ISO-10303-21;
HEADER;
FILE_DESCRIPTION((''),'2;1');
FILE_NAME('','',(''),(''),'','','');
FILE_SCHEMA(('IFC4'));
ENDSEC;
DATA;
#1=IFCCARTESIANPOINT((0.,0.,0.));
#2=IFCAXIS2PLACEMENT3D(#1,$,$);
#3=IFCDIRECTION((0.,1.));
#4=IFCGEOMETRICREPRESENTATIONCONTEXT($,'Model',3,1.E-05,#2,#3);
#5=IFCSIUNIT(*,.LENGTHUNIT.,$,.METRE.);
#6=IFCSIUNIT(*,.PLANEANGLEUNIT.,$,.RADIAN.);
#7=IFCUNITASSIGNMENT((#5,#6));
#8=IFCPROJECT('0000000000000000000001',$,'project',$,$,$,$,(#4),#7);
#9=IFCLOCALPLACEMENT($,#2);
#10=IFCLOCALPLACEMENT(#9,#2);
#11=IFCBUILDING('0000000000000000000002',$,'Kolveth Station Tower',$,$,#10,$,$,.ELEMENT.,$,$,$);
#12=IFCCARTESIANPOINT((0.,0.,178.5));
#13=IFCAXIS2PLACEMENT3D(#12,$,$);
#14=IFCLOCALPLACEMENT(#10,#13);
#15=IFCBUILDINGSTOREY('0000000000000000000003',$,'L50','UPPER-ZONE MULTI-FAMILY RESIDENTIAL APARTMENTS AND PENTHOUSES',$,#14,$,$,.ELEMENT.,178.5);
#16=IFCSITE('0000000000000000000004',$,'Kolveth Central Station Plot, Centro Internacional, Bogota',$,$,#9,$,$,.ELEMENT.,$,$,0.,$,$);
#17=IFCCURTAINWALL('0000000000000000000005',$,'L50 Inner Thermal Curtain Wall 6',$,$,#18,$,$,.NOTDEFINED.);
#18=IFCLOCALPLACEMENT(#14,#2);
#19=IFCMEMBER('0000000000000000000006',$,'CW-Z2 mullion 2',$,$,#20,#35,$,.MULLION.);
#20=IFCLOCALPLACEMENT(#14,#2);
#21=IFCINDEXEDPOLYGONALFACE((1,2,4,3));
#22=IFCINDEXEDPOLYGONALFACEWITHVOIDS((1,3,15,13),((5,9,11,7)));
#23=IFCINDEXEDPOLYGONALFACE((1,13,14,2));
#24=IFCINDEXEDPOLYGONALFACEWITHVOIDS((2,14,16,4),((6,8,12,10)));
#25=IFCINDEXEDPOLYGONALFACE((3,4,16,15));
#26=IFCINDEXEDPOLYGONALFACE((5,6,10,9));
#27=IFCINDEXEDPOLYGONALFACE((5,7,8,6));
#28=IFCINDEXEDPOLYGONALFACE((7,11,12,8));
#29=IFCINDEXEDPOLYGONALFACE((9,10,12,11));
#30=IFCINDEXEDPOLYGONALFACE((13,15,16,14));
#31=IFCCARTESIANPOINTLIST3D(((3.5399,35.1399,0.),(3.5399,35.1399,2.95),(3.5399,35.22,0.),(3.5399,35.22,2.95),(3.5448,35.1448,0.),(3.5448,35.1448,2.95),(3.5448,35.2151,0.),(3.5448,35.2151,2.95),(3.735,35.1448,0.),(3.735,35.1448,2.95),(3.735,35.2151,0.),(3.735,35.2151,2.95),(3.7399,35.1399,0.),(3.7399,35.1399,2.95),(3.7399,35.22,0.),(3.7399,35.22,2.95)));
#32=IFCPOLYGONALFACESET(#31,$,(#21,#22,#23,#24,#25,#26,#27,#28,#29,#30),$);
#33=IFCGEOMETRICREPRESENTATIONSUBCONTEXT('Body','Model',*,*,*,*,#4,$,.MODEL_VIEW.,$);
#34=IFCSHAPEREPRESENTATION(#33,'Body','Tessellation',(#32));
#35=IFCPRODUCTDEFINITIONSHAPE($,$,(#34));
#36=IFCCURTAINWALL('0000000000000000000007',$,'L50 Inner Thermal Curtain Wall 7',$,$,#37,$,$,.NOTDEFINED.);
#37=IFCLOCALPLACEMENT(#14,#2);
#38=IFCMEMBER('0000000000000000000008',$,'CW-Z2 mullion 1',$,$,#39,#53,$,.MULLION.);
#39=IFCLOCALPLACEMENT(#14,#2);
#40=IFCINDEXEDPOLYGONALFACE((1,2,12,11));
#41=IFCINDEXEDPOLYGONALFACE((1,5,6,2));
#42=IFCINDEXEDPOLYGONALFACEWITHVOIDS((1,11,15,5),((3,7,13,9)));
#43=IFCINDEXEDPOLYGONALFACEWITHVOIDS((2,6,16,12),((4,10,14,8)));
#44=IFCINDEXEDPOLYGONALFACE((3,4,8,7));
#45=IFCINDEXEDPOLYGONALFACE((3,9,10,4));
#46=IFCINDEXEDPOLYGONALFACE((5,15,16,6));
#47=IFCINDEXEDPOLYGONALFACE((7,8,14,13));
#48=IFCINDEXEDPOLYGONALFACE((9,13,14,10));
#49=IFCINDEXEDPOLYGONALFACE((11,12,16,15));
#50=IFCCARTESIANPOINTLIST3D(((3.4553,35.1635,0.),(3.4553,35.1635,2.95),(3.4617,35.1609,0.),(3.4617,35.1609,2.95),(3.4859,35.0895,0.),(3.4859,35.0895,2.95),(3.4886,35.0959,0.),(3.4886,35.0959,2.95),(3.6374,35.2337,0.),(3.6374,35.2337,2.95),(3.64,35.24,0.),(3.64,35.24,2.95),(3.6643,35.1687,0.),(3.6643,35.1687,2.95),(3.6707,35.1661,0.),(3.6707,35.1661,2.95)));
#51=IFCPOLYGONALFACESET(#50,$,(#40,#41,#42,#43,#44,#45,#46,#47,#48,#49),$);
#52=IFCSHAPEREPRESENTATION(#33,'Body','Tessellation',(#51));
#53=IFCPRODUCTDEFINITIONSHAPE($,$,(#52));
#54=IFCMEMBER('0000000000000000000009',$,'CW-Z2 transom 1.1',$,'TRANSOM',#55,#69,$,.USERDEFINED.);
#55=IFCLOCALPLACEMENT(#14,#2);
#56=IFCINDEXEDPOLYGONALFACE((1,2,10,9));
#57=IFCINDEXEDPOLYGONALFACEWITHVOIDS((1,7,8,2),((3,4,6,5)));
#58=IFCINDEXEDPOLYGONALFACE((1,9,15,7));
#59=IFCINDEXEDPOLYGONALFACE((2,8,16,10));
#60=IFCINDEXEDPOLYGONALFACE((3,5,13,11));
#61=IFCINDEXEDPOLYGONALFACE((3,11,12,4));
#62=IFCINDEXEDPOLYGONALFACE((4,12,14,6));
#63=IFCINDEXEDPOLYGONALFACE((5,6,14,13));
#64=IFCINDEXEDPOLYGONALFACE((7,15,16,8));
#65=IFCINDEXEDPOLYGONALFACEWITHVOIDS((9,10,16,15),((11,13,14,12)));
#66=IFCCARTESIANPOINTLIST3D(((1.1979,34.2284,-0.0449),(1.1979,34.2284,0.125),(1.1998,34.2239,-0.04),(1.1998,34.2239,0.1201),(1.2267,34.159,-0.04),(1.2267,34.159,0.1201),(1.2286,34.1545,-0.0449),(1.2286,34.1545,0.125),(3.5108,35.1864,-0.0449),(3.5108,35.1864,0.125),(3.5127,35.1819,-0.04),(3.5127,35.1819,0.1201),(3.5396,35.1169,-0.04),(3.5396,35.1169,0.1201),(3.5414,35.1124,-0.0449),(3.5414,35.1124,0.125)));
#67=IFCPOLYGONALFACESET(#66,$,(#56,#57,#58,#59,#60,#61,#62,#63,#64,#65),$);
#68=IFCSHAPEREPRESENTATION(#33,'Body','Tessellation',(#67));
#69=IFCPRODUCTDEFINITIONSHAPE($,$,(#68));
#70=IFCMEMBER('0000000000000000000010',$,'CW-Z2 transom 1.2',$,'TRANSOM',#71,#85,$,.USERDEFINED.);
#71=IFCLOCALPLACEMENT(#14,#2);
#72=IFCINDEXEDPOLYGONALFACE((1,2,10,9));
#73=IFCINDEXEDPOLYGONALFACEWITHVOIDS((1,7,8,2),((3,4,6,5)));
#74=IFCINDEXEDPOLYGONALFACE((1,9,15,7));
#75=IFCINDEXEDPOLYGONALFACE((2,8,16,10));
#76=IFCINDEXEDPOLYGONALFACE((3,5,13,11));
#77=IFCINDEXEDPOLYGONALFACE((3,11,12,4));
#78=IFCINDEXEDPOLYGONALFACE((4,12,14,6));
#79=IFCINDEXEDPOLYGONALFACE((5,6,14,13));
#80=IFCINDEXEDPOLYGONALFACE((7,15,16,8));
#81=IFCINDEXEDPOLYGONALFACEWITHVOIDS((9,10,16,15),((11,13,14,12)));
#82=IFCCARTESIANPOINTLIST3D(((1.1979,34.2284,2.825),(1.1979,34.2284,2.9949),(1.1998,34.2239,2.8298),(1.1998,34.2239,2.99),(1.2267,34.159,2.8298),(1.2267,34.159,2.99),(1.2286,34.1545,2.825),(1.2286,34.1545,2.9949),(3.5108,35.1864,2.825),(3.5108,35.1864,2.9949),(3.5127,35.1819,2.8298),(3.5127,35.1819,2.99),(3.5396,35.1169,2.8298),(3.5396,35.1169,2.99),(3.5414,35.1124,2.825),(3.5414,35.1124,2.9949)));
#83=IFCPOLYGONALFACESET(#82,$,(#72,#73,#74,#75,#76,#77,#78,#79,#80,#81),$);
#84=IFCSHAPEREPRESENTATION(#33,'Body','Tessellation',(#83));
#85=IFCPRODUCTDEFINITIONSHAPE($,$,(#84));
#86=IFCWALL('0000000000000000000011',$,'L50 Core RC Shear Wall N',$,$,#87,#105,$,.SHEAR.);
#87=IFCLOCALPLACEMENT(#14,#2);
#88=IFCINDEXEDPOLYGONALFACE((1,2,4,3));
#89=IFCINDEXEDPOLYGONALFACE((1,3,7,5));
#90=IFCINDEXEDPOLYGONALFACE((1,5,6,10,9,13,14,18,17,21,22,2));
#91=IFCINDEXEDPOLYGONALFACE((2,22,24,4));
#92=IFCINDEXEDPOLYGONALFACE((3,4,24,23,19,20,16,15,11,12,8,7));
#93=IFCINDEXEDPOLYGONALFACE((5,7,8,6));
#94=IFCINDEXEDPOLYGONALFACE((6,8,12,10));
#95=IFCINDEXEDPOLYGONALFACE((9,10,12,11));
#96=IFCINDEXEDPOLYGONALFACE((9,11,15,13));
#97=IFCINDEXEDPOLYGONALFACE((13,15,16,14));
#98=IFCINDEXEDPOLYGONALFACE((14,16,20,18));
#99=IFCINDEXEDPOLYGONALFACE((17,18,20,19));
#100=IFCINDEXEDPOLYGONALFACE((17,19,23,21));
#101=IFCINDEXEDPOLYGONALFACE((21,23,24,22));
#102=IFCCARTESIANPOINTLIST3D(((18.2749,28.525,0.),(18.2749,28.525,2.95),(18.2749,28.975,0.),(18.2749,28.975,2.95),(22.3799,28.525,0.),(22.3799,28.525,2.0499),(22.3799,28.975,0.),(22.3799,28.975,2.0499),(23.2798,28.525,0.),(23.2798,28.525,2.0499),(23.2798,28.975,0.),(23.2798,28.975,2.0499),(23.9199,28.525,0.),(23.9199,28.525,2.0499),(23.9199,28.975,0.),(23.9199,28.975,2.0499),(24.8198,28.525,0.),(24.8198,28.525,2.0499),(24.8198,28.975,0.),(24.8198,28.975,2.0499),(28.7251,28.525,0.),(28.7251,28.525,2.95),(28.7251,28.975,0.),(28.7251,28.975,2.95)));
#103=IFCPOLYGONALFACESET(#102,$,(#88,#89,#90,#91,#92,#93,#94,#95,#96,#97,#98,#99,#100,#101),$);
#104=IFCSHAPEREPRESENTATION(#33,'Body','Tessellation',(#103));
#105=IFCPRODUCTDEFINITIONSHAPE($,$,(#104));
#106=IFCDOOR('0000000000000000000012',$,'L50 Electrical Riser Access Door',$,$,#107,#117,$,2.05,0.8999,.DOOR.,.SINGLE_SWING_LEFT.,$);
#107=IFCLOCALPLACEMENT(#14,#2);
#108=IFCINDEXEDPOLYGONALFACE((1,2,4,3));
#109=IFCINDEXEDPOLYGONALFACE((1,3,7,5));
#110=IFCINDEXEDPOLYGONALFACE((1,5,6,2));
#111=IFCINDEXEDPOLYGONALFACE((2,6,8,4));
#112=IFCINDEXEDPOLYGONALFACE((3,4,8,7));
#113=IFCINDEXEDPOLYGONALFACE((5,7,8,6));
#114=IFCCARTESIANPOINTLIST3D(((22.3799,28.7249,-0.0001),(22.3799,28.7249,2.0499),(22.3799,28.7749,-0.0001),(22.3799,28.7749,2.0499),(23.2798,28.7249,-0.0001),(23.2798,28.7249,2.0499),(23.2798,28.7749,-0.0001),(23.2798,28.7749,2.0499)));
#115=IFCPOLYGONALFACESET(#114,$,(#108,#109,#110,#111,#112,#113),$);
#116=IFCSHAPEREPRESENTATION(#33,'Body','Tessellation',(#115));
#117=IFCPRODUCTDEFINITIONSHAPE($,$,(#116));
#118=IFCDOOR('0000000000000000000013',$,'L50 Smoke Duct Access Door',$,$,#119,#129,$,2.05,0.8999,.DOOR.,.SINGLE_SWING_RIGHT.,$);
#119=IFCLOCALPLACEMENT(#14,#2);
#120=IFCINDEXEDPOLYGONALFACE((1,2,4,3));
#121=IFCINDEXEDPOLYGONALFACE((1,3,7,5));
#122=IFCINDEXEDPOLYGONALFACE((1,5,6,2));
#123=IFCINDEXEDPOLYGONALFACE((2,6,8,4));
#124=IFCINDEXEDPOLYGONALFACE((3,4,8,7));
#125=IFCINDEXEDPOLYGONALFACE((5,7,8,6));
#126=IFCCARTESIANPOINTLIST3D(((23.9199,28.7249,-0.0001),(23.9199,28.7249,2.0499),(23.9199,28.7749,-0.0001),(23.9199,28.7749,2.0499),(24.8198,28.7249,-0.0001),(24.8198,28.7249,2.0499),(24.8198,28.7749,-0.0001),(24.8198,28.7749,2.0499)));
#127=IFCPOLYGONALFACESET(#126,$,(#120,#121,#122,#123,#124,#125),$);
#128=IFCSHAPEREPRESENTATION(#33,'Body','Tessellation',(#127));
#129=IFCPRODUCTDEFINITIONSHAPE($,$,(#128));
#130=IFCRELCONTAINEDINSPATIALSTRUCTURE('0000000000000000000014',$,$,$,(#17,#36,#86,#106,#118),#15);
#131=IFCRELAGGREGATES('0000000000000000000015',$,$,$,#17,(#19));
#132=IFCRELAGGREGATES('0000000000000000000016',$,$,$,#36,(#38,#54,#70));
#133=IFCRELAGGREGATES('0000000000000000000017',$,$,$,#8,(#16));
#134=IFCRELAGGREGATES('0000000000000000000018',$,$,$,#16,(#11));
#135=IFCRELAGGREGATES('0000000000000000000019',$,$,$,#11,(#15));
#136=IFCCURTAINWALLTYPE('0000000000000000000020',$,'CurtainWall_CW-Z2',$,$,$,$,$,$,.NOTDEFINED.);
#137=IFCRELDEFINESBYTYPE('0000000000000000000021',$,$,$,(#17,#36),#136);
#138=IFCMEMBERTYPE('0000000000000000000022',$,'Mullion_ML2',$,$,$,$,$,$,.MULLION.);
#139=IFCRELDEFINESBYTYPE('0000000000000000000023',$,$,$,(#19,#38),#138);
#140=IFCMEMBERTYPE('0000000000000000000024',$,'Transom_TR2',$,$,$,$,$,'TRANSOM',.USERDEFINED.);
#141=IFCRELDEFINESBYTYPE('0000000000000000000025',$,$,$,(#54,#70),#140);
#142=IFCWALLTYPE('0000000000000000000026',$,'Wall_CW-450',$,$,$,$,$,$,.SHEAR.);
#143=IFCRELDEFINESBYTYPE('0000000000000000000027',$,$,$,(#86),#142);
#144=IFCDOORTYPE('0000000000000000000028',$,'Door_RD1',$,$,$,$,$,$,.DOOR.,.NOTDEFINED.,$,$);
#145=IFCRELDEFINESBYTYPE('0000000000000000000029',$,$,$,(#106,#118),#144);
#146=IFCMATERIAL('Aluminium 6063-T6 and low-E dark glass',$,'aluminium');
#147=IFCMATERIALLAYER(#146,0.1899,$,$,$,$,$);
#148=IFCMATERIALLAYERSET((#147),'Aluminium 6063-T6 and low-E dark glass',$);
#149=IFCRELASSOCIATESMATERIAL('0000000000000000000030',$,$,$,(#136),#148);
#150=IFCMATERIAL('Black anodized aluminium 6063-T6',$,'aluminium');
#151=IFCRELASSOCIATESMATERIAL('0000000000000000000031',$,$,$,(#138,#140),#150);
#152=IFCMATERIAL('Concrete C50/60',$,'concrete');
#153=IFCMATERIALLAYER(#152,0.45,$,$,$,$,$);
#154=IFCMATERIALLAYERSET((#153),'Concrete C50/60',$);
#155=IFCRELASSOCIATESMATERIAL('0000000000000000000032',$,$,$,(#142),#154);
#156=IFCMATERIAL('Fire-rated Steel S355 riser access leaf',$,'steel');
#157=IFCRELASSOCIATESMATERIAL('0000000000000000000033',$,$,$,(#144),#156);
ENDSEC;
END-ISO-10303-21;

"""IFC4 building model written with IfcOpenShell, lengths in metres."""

from ifc_helpers import new_model, si_unit, direction, frame, frame_2d, origin, origin_2d, place, context, subcontext, project, spatial, rectangle, hollow_rectangle, extrude, source, transform, mapped, material, layer, layer_set, material_profile, profile_set, type_object, element, fill, aggregate, save


model = new_model("IFC4")

# Units and contexts
model_context = context("Model", 3, precision=1e-05, world=origin(), true_north=direction((0.0, 1.0)))
body_context = subcontext(model_context, "Body", "Model", "MODEL_VIEW")
ifc_project = project(units=[si_unit("LENGTHUNIT", "METRE"), si_unit("PLANEANGLEUNIT", "RADIAN")], contexts=[model_context])

# Site, building, storey
site_placement = place(None, origin())
site = spatial("IfcSite", under=ifc_project, at=site_placement, Name="Kolveth Central Station Plot, Centro Internacional, Bogota", CompositionType="ELEMENT", RefElevation=0.0)
building_placement = place(site_placement, origin())
building = spatial("IfcBuilding", under=site, at=building_placement, Name="Kolveth Station Tower", CompositionType="ELEMENT")
storey_placement = place(building_placement, frame((0.0, 0.0, 178.5)))
storey = spatial("IfcBuildingStorey", under=building, at=storey_placement, Name="L50", Description="UPPER-ZONE MULTI-FAMILY RESIDENTIAL APARTMENTS AND PENTHOUSES", CompositionType="ELEMENT", Elevation=178.5)

# Curtain wall, member
ifc_material_1 = material(Name="Aluminium 6063-T6 and low-E dark glass", Category="aluminium")
ifc_layer_1 = layer(ifc_material_1, 0.1899)
ifc_layer_set_1 = layer_set([ifc_layer_1], Name="Aluminium 6063-T6 and low-E dark glass")
curtain_wall_type = type_object("IfcCurtainWallType", Name="CurtainWall_CW-Z2", PredefinedType="NOTDEFINED", material=ifc_layer_set_1)
curtain_wall_1_placement = place(storey_placement, origin())
curtain_wall_1 = element("IfcCurtainWall", 1, at=curtain_wall_1_placement, inside=storey, type_object=curtain_wall_type, Name="L50 Inner Thermal Curtain Wall 6", PredefinedType="NOTDEFINED")
ifc_material_2 = material(Name="Black anodized aluminium 6063-T6", Category="aluminium")
ifc_material_profile_1 = material_profile(ifc_material_2, hollow_rectangle(XDim=0.0801, YDim=0.2, WallThickness=0.0049, at=origin_2d()), Name="ALU-80x200x5")
ifc_profile_set_1 = profile_set([ifc_material_profile_1], Name="Black anodized aluminium 6063-T6")
member_type_1 = type_object("IfcMemberType", Name="Mullion_ML2", PredefinedType="MULLION", material=ifc_profile_set_1)
shared_shape_1 = source(origin(), body_context, "Body", "SweptSolid", [
    extrude(hollow_rectangle(XDim=0.0801, YDim=0.2, WallThickness=0.0049, at=origin_2d()), origin(), (0.0, 0.0, 1.0), 2.95),
])
member_1_placement = place(storey_placement, frame((3.6399, 35.1799, 0.0), z_axis=(0.0, 0.0, 1.0), x_axis=(0.0, -1.0, 0.0)))
member_1 = element("IfcMember", 2, at=member_1_placement, type_object=member_type_1, Name="CW-Z2 mullion 2", PredefinedType="MULLION", context=body_context, shape_type="MappedRepresentation", body=[
    mapped(shared_shape_1, transform((0.0, 0.0, 0.0), x_axis=(1.0, 0.0, 0.0), y_axis=(0.0, 1.0, 0.0), z_axis=(0.0, 0.0, 1.0), scale=1.0)),
])
aggregate(curtain_wall_1, [member_1])

# Curtain wall, members
curtain_wall_2_placement = place(storey_placement, origin())
curtain_wall_2 = element("IfcCurtainWall", 3, at=curtain_wall_2_placement, inside=storey, type_object=curtain_wall_type, Name="L50 Inner Thermal Curtain Wall 7", PredefinedType="NOTDEFINED")
member_2_placement = place(storey_placement, frame((3.563, 35.1648, 0.0), z_axis=(0.0, 0.0, 1.0), x_axis=(0.382698, -0.923874, 0.0)))
member_2 = element("IfcMember", 4, at=member_2_placement, type_object=member_type_1, Name="CW-Z2 mullion 1", PredefinedType="MULLION", context=body_context, shape_type="MappedRepresentation", body=[
    mapped(shared_shape_1, transform((0.0, 0.0, 0.0), x_axis=(1.0, 0.0, 0.0), y_axis=(0.0, 1.0, 0.0), z_axis=(0.0, 0.0, 1.0), scale=1.0)),
])
ifc_material_profile_2 = material_profile(ifc_material_2, hollow_rectangle(XDim=0.0801, YDim=0.1699, WallThickness=0.0049, at=origin_2d()), Name="ALU-80x170x5")
ifc_profile_set_2 = profile_set([ifc_material_profile_2], Name="Black anodized aluminium 6063-T6")
member_type_2 = type_object("IfcMemberType", Name="Transom_TR2", ElementType="TRANSOM", PredefinedType="USERDEFINED", material=ifc_profile_set_2)
shared_shape_2 = source(origin(), body_context, "Body", "SweptSolid", [
    extrude(hollow_rectangle(XDim=0.0801, YDim=0.1699, WallThickness=0.0049, at=origin_2d()), origin(), (0.0, 0.0, 1.0), 2.5034),
])
member_3_placement = place(storey_placement, frame((3.5261, 35.1494, 0.04), z_axis=(-0.923888, -0.382662, 0.0), x_axis=(0.382662, -0.923888, 0.0)))
member_3 = element("IfcMember", 5, at=member_3_placement, type_object=member_type_2, Name="CW-Z2 transom 1.1", ObjectType="TRANSOM", PredefinedType="USERDEFINED", context=body_context, shape_type="MappedRepresentation", body=[
    mapped(shared_shape_2, transform((0.0, 0.0, 0.0), x_axis=(1.0, 0.0, 0.0), y_axis=(0.0, 1.0, 0.0), z_axis=(0.0, 0.0, 1.0), scale=1.0)),
])
member_4_placement = place(storey_placement, frame((3.5261, 35.1494, 2.9099), z_axis=(-0.923888, -0.382662, 0.0), x_axis=(0.382662, -0.923888, 0.0)))
member_4 = element("IfcMember", 6, at=member_4_placement, type_object=member_type_2, Name="CW-Z2 transom 1.2", ObjectType="TRANSOM", PredefinedType="USERDEFINED", context=body_context, shape_type="MappedRepresentation", body=[
    mapped(shared_shape_2, transform((0.0, 0.0, 0.0), x_axis=(1.0, 0.0, 0.0), y_axis=(0.0, 1.0, 0.0), z_axis=(0.0, 0.0, 1.0), scale=1.0)),
])
aggregate(curtain_wall_2, [member_2, member_3, member_4])

# Wall, openings, doors
ifc_material_3 = material(Name="Concrete C50/60", Category="concrete")
ifc_layer_2 = layer(ifc_material_3, 0.45)
ifc_layer_set_2 = layer_set([ifc_layer_2], Name="Concrete C50/60")
wall_type_1 = type_object("IfcWallType", Name="Wall_CW-450", PredefinedType="SHEAR", material=ifc_layer_set_2)
wall_1_placement = place(storey_placement, frame((18.2749, 28.75, 0.0), z_axis=(0.0, 0.0, 1.0), x_axis=(1.0, 0.0, 0.0)))
wall_1 = element("IfcWall", 7, at=wall_1_placement, inside=storey, type_object=wall_type_1, Name="L50 Core RC Shear Wall N", PredefinedType="SHEAR", context=body_context, shape_type="SweptSolid", body=[
    extrude(rectangle(XDim=10.4502, YDim=0.45, at=frame_2d((5.2251, 0.0))), origin(), (0.0, 0.0, 1.0), 2.95),
])
opening_1_placement = place(wall_1_placement, frame((4.105, 0.0, 0.0)))
opening_1 = element("IfcOpeningElement", 8, at=opening_1_placement, cuts=wall_1, PredefinedType="OPENING", context=body_context, shape_type="SweptSolid", body=[
    extrude(rectangle(XDim=0.8999, YDim=2.05, at=frame_2d((0.45, 1.0249))), frame((0.0, 0.2349, 0.0), z_axis=(0.0, -1.0, 0.0), x_axis=(1.0, 0.0, 0.0)), (0.0, 0.0, 1.0), 0.47),
])
opening_2_placement = place(wall_1_placement, frame((5.645, 0.0, 0.0)))
opening_2 = element("IfcOpeningElement", 9, at=opening_2_placement, cuts=wall_1, PredefinedType="OPENING", context=body_context, shape_type="SweptSolid", body=[
    extrude(rectangle(XDim=0.8999, YDim=2.05, at=frame_2d((0.45, 1.0249))), frame((0.0, 0.2349, 0.0), z_axis=(0.0, -1.0, 0.0), x_axis=(1.0, 0.0, 0.0)), (0.0, 0.0, 1.0), 0.47),
])
ifc_material_4 = material(Name="Fire-rated Steel S355 riser access leaf", Category="steel")
door_type_1 = type_object("IfcDoorType", Name="Door_RD1", OperationType="NOTDEFINED", PredefinedType="DOOR", material=ifc_material_4)
door_1_placement = place(opening_1_placement, origin())
door_1 = element("IfcDoor", 10, at=door_1_placement, inside=storey, type_object=door_type_1, Name="L50 Electrical Riser Access Door", OperationType="SINGLE_SWING_LEFT", OverallHeight=2.05, OverallWidth=0.8999, PredefinedType="DOOR", context=body_context, shape_type="SweptSolid", body=[
    extrude(rectangle(XDim=0.8999, YDim=2.05, at=frame_2d((0.45, 1.0249))), frame((0.0, 0.0249, 0.0), z_axis=(0.0, -1.0, 0.0), x_axis=(1.0, 0.0, 0.0)), (0.0, 0.0, 1.0), 0.05),
])
fill(opening_1, door_1)
door_2_placement = place(opening_2_placement, origin())
door_2 = element("IfcDoor", 11, at=door_2_placement, inside=storey, type_object=door_type_1, Name="L50 Smoke Duct Access Door", OperationType="SINGLE_SWING_RIGHT", OverallHeight=2.05, OverallWidth=0.8999, PredefinedType="DOOR", context=body_context, shape_type="SweptSolid", body=[
    extrude(rectangle(XDim=0.8999, YDim=2.05, at=frame_2d((0.45, 1.0249))), frame((0.0, 0.0249, 0.0), z_axis=(0.0, -1.0, 0.0), x_axis=(1.0, 0.0, 0.0)), (0.0, 0.0, 1.0), 0.05),
])
fill(opening_2, door_2)

save(model, "model.ifc")
